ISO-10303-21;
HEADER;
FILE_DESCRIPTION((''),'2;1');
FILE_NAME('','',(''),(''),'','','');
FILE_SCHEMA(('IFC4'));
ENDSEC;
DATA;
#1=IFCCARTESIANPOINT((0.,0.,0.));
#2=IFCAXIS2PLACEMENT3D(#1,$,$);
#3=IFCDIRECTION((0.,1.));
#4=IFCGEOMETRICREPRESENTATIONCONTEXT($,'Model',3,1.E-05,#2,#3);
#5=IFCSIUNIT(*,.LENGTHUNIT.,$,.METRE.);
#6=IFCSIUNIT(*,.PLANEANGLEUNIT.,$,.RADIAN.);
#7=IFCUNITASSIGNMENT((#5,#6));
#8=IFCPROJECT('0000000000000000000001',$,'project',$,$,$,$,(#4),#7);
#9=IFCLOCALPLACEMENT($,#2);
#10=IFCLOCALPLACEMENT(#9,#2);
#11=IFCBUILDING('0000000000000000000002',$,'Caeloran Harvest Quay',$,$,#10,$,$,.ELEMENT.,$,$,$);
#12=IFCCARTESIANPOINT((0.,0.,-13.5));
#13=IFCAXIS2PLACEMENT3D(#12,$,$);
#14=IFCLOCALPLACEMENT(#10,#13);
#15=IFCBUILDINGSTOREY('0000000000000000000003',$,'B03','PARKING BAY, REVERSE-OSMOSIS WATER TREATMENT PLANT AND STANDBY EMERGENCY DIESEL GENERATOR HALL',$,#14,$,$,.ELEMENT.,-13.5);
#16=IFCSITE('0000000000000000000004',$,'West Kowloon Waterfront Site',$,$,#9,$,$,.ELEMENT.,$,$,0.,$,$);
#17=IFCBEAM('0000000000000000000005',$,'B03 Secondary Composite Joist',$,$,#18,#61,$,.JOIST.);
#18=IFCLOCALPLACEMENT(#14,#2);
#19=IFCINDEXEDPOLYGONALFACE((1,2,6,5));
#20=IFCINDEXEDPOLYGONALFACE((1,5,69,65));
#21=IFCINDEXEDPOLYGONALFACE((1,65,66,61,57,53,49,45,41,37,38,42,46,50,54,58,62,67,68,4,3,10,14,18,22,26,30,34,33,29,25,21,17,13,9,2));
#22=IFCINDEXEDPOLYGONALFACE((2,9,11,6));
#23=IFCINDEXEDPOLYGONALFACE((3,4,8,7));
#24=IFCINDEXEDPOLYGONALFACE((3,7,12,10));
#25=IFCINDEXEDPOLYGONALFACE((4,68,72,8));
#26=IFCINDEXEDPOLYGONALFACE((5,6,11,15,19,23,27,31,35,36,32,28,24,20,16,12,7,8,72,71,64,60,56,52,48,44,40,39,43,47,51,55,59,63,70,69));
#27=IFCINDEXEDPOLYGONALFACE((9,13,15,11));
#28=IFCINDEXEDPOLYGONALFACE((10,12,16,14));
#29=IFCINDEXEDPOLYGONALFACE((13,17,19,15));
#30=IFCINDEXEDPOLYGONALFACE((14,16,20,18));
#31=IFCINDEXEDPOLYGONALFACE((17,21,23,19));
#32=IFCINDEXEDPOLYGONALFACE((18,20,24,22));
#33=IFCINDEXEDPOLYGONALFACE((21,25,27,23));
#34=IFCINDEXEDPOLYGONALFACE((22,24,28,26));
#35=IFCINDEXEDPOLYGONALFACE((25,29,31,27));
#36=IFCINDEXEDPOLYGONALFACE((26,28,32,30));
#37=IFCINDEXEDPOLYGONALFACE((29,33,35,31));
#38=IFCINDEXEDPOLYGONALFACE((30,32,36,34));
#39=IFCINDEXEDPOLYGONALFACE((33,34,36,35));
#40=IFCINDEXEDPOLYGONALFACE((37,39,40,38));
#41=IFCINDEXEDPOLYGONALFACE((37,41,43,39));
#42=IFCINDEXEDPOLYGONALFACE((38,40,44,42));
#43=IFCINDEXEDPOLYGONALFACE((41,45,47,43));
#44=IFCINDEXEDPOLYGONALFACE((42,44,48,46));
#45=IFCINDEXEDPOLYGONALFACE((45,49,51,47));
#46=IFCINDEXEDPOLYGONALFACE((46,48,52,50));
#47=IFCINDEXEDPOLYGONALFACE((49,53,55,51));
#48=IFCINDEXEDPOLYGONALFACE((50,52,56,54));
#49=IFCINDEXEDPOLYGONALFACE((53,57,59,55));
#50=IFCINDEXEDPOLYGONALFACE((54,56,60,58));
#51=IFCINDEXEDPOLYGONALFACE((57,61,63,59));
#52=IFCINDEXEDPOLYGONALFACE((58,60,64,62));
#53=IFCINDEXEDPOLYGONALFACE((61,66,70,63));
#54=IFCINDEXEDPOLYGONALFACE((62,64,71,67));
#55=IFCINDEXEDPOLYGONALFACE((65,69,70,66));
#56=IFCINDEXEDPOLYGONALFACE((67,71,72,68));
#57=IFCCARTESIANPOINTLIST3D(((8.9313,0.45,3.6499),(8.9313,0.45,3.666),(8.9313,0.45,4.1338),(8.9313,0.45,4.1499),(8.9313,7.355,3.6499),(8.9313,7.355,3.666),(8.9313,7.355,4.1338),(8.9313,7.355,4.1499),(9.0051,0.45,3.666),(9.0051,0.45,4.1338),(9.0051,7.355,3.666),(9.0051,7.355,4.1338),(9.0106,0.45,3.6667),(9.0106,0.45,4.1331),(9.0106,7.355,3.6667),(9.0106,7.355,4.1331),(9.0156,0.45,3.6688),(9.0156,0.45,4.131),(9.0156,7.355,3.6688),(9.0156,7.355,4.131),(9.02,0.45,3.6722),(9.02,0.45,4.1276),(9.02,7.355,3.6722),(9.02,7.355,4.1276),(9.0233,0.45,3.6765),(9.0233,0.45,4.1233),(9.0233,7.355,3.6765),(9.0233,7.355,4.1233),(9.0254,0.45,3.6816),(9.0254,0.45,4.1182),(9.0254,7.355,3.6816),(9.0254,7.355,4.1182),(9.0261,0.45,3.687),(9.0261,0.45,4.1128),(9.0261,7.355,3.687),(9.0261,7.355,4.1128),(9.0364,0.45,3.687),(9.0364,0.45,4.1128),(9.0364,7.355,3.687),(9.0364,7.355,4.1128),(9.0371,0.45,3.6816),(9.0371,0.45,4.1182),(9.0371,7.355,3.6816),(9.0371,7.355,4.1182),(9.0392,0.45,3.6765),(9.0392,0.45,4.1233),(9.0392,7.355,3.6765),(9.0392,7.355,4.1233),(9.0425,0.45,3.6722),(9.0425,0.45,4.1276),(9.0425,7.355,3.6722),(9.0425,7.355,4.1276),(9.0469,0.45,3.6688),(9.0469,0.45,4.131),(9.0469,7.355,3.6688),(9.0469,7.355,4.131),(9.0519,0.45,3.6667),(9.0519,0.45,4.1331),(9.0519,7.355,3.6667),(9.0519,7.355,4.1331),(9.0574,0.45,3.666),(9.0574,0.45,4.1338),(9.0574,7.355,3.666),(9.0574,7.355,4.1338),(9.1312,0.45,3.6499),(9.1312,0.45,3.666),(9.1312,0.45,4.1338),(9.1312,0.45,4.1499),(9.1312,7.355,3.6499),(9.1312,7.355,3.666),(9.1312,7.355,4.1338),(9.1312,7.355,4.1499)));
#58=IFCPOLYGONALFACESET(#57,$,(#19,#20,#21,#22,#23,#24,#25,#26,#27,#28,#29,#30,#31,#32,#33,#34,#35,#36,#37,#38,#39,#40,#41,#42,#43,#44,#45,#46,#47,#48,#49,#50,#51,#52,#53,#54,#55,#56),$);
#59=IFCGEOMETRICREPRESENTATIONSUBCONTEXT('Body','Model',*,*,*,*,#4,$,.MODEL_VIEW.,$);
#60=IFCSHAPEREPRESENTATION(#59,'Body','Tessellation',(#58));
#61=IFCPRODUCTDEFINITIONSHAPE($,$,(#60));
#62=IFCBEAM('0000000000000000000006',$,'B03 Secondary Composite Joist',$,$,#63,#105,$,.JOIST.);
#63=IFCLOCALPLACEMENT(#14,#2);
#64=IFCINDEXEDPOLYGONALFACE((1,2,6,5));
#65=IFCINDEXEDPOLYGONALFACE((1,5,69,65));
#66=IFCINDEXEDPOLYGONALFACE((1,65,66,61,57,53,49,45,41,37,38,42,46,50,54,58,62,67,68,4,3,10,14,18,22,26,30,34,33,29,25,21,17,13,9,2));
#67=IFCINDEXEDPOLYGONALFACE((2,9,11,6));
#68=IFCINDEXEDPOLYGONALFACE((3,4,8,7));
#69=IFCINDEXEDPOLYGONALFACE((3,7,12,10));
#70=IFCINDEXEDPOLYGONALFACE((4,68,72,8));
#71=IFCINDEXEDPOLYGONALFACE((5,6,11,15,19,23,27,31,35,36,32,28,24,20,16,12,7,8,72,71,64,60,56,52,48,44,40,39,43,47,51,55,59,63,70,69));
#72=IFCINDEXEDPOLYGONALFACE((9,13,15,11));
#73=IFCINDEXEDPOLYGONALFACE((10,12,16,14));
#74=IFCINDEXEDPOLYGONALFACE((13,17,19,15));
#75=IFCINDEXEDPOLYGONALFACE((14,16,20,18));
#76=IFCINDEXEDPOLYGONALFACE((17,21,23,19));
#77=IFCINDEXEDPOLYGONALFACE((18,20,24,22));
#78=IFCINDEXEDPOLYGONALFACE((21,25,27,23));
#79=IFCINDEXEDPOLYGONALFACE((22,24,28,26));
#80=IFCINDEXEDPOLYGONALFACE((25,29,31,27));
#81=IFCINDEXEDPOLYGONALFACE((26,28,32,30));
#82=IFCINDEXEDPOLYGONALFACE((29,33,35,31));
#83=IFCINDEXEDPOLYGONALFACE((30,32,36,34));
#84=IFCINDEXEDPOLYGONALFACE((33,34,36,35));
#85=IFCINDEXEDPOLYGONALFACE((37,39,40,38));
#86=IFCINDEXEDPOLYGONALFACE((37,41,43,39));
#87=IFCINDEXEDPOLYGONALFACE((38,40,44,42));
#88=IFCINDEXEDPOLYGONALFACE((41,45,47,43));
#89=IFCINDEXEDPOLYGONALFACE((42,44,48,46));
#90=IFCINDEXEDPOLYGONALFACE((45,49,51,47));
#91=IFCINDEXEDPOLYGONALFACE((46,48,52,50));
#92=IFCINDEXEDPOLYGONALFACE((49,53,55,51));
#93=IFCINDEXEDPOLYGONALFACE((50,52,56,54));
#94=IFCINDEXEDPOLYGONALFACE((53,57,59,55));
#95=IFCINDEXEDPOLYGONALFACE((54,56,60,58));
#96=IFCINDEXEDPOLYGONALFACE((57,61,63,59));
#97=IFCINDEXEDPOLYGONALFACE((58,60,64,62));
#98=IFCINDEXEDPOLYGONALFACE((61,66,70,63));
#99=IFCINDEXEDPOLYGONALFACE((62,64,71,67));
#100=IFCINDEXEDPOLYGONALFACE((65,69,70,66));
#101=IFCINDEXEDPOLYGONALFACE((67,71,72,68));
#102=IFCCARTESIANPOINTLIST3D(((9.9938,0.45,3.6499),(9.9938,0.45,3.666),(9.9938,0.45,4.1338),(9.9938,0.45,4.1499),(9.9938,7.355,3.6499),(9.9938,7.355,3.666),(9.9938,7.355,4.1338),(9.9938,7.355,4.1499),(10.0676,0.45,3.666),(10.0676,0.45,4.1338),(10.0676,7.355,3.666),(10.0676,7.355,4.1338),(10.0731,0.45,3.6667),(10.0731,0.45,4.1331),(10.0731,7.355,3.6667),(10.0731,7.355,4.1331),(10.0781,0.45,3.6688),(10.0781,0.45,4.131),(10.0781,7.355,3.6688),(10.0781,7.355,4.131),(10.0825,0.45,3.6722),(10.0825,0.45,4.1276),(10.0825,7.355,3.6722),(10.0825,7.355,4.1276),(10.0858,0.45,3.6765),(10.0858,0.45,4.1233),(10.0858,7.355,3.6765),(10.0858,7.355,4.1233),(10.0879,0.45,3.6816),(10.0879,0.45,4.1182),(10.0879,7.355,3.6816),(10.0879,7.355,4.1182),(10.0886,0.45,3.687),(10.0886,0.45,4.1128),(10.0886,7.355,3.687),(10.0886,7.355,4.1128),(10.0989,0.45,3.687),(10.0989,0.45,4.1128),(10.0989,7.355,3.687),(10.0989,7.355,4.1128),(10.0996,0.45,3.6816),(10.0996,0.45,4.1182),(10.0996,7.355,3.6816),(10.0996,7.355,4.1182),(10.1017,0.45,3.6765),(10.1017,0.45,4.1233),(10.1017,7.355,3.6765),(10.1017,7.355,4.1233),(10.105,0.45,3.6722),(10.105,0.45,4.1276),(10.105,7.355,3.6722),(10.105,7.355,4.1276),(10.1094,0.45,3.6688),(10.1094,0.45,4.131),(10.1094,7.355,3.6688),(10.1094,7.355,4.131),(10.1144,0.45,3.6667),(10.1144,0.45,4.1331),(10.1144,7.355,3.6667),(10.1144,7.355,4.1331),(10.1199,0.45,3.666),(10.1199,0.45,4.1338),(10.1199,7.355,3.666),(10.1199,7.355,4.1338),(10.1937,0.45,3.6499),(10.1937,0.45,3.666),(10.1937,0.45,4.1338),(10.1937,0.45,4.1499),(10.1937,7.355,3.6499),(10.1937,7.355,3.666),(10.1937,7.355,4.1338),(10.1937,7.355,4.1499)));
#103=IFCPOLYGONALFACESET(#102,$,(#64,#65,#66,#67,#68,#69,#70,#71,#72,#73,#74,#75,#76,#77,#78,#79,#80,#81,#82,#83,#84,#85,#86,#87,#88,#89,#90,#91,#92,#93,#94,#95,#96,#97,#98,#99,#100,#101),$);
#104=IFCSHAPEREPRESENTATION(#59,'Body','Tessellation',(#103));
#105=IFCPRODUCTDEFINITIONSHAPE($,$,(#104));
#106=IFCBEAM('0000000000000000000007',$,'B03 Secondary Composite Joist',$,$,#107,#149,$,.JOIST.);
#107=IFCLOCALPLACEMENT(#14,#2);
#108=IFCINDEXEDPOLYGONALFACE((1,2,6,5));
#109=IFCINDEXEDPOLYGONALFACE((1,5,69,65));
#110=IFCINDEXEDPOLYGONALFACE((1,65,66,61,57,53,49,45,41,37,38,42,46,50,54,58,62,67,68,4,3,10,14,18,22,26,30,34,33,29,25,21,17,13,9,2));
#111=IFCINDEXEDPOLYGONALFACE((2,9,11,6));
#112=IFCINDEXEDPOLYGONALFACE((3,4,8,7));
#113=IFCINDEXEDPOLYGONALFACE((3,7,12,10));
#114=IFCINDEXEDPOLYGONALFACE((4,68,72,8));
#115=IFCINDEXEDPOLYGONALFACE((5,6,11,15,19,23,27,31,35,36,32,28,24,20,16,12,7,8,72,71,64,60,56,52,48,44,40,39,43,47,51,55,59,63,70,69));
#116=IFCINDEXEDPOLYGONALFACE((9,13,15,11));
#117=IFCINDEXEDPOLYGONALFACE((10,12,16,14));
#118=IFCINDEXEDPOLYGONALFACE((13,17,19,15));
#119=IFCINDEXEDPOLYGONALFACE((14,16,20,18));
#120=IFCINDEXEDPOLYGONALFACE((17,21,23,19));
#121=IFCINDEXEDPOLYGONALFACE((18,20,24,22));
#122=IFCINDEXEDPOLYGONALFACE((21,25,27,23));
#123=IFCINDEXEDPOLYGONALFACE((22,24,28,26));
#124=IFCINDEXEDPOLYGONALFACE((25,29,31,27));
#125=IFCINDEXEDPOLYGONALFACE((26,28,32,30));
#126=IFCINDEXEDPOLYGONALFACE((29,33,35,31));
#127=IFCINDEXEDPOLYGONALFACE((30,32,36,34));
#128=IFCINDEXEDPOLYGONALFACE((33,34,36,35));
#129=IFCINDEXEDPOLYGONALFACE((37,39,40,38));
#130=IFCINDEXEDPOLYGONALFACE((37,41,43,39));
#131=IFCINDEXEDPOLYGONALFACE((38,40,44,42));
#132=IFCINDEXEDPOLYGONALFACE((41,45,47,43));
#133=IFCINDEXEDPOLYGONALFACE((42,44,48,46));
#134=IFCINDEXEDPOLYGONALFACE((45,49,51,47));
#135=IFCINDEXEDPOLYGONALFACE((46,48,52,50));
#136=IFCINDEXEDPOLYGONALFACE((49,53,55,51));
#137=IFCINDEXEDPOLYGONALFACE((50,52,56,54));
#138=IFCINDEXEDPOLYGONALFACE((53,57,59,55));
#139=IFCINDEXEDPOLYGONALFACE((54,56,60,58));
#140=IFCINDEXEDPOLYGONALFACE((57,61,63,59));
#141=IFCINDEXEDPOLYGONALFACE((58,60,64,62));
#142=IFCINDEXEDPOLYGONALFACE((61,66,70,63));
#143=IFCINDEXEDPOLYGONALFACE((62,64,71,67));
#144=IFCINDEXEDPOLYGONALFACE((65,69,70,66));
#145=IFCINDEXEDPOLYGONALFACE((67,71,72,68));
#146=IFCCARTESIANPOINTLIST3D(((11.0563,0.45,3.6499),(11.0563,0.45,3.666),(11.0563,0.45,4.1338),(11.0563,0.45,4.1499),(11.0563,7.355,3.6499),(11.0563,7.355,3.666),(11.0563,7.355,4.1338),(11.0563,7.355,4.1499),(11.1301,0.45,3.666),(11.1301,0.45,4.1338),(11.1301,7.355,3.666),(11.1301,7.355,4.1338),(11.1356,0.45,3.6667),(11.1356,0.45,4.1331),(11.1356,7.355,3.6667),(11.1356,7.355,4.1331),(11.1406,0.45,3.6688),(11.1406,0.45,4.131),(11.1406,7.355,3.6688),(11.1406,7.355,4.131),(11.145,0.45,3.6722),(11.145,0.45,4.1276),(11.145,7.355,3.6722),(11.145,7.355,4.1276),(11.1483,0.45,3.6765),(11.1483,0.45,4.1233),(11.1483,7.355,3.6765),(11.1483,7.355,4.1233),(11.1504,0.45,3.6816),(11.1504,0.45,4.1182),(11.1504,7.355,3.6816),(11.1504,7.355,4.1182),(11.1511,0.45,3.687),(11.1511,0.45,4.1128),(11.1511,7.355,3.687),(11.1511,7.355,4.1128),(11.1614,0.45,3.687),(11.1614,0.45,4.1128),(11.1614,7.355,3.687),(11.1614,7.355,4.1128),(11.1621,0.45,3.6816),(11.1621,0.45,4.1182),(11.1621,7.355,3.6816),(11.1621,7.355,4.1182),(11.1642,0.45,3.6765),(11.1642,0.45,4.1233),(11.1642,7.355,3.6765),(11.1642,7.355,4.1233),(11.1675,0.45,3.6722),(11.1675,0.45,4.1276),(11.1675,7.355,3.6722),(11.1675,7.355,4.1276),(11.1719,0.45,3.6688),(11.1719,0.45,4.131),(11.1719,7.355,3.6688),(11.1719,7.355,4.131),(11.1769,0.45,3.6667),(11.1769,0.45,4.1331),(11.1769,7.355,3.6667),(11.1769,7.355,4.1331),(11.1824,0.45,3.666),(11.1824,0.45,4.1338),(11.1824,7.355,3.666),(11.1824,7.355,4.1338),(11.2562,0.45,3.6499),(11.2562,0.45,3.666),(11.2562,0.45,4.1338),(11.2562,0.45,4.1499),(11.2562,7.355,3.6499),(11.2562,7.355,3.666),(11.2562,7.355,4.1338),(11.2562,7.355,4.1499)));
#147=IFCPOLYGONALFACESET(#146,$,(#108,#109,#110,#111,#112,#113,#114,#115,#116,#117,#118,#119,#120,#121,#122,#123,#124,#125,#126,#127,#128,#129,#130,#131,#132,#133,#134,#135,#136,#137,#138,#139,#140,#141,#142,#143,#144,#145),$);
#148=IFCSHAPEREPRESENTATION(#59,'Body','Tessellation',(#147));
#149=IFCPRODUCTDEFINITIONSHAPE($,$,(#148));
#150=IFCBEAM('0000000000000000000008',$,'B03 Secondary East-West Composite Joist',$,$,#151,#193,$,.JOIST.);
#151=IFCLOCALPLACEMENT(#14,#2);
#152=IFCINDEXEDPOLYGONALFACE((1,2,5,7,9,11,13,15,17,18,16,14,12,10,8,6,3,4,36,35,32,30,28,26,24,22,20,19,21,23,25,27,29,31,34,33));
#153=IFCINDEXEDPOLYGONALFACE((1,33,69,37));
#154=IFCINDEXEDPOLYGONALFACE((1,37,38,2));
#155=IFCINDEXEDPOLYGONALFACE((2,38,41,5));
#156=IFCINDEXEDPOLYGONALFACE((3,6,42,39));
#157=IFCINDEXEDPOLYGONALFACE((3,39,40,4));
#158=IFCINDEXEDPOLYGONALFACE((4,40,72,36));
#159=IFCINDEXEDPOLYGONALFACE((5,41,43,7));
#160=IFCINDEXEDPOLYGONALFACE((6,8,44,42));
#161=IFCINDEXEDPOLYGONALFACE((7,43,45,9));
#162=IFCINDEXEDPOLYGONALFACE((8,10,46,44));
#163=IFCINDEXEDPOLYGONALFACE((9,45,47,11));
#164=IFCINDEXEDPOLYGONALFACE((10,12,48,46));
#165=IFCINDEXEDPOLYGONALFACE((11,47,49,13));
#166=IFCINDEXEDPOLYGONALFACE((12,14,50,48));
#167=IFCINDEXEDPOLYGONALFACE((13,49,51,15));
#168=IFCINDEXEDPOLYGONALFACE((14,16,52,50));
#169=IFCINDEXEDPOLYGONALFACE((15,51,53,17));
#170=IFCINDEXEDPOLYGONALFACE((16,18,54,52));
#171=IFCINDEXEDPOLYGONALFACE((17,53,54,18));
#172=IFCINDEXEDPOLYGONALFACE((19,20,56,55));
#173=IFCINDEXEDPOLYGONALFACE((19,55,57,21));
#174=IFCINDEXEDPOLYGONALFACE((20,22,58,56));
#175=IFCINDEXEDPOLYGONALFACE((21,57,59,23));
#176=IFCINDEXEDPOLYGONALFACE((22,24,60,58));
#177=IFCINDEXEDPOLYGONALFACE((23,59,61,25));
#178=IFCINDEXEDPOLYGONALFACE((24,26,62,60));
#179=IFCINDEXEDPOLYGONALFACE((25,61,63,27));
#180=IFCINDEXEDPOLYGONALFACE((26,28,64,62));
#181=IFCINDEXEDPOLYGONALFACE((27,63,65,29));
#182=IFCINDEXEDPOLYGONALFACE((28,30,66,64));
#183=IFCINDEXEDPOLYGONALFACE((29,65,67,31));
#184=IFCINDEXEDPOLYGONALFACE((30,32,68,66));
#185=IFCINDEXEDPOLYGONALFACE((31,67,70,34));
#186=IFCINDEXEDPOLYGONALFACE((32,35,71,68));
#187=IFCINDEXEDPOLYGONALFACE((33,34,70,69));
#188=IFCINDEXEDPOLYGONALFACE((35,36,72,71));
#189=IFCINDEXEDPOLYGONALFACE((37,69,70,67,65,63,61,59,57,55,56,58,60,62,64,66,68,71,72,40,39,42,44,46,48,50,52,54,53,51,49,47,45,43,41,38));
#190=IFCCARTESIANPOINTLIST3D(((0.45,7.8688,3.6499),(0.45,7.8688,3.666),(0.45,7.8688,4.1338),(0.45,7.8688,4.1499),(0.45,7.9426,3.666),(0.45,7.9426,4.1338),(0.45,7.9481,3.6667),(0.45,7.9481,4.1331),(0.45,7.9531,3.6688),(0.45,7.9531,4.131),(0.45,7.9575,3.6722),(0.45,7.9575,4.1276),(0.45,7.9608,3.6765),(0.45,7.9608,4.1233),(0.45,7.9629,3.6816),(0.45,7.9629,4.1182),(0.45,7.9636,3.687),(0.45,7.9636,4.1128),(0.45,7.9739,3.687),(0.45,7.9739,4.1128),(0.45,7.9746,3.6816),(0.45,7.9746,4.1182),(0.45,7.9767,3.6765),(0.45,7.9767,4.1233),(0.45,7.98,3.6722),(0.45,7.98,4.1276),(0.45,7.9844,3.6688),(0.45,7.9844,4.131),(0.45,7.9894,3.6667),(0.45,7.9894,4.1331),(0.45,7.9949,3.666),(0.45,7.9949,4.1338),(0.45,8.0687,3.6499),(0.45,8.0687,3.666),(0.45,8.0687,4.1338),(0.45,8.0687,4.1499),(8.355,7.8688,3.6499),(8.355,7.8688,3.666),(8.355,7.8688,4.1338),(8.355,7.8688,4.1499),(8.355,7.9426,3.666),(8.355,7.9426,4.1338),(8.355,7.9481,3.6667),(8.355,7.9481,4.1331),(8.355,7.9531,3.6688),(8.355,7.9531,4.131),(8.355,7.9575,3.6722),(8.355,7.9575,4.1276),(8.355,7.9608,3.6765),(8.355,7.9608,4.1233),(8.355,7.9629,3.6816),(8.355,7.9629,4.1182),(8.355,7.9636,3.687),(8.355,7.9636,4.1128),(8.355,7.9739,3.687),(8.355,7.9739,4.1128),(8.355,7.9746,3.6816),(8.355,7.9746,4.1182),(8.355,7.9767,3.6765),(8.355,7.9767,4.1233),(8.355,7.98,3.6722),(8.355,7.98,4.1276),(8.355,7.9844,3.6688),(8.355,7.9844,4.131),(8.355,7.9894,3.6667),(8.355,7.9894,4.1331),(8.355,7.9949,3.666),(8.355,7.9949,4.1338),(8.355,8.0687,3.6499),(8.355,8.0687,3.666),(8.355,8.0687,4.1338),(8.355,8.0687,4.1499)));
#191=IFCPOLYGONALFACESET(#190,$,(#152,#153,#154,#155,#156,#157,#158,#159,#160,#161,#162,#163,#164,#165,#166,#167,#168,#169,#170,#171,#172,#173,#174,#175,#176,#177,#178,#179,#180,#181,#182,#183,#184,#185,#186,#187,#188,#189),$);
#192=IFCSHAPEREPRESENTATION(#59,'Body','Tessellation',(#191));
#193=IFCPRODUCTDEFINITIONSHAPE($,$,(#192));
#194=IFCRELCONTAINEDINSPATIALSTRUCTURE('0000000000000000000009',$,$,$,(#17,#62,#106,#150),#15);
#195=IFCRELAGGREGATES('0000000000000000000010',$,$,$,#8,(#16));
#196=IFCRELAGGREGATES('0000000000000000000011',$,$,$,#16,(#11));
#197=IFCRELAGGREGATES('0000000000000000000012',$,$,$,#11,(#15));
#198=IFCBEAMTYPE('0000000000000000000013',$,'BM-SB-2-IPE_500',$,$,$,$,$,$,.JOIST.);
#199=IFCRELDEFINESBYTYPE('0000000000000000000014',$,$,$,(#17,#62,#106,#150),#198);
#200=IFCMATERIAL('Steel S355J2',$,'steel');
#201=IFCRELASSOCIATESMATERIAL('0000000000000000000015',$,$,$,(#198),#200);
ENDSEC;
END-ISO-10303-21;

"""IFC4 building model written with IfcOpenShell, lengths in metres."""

from ifc_helpers import new_model, si_unit, direction, frame, origin, origin_2d, place, context, subcontext, project, spatial, i_section, extrude, material, material_profile, profile_set, type_object, element, save


model = new_model("IFC4")

# Units and contexts
model_context = context("Model", 3, precision=1e-05, world=origin(), true_north=direction((0.0, 1.0)))
body_context = subcontext(model_context, "Body", "Model", "MODEL_VIEW")
ifc_project = project(units=[si_unit("LENGTHUNIT", "METRE"), si_unit("PLANEANGLEUNIT", "RADIAN")], contexts=[model_context])

# Site, building, storey
site_placement = place(None, origin())
site = spatial("IfcSite", under=ifc_project, at=site_placement, Name="West Kowloon Waterfront Site", CompositionType="ELEMENT", RefElevation=0.0)
building_placement = place(site_placement, origin())
building = spatial("IfcBuilding", under=site, at=building_placement, Name="Caeloran Harvest Quay", CompositionType="ELEMENT")
storey_placement = place(building_placement, frame((0.0, 0.0, -13.5)))
storey = spatial("IfcBuildingStorey", under=building, at=storey_placement, Name="B03", Description="PARKING BAY, REVERSE-OSMOSIS WATER TREATMENT PLANT AND STANDBY EMERGENCY DIESEL GENERATOR HALL", CompositionType="ELEMENT", Elevation=-13.5)

# Beams
ifc_material_1 = material(Name="Steel S355J2", Category="steel")
ifc_material_profile_1 = material_profile(ifc_material_1, i_section(OverallWidth=0.2, OverallDepth=0.5, WebThickness=0.0103, FlangeThickness=0.0161, FilletRadius=0.021, at=origin_2d()), Name="IPE 500")
ifc_profile_set_1 = profile_set([ifc_material_profile_1], Name="Steel S355J2")
beam_type_1 = type_object("IfcBeamType", Name="BM-SB-2-IPE_500", PredefinedType="JOIST", material=ifc_profile_set_1)
for number, where, z_axis, x_axis, name in (
    (1, (9.0312, 0.45, 3.8999), (0.0, 1.0, 0.0), (-1.0, 0.0, 0.0), "B03 Secondary Composite Joist"),
    (2, (10.0938, 0.45, 3.8999), (0.0, 1.0, 0.0), (-1.0, 0.0, 0.0), "B03 Secondary Composite Joist"),
    (3, (11.1562, 0.45, 3.8999), (0.0, 1.0, 0.0), (-1.0, 0.0, 0.0), "B03 Secondary Composite Joist"),
):
    element("IfcBeam", number, at=place(storey_placement, frame(where, z_axis=z_axis, x_axis=x_axis)), inside=storey, type_object=beam_type_1, Name=name, PredefinedType="JOIST", context=body_context, shape_type="SweptSolid", body=[
        extrude(i_section(OverallWidth=0.2, OverallDepth=0.5, WebThickness=0.0103, FlangeThickness=0.0161, FilletRadius=0.021, at=origin_2d()), origin(), (0.0, 0.0, 1.0), 6.905),
    ])
beam_1_placement = place(storey_placement, frame((0.45, 7.9688, 3.8999), z_axis=(1.0, 0.0, 0.0), x_axis=(0.0, 1.0, 0.0)))
element("IfcBeam", 4, at=beam_1_placement, inside=storey, type_object=beam_type_1, Name="B03 Secondary East-West Composite Joist", PredefinedType="JOIST", context=body_context, shape_type="SweptSolid", body=[
    extrude(i_section(OverallWidth=0.2, OverallDepth=0.5, WebThickness=0.0103, FlangeThickness=0.0161, FilletRadius=0.021, at=origin_2d()), origin(), (0.0, 0.0, 1.0), 7.905),
])

save(model, "model.ifc")
